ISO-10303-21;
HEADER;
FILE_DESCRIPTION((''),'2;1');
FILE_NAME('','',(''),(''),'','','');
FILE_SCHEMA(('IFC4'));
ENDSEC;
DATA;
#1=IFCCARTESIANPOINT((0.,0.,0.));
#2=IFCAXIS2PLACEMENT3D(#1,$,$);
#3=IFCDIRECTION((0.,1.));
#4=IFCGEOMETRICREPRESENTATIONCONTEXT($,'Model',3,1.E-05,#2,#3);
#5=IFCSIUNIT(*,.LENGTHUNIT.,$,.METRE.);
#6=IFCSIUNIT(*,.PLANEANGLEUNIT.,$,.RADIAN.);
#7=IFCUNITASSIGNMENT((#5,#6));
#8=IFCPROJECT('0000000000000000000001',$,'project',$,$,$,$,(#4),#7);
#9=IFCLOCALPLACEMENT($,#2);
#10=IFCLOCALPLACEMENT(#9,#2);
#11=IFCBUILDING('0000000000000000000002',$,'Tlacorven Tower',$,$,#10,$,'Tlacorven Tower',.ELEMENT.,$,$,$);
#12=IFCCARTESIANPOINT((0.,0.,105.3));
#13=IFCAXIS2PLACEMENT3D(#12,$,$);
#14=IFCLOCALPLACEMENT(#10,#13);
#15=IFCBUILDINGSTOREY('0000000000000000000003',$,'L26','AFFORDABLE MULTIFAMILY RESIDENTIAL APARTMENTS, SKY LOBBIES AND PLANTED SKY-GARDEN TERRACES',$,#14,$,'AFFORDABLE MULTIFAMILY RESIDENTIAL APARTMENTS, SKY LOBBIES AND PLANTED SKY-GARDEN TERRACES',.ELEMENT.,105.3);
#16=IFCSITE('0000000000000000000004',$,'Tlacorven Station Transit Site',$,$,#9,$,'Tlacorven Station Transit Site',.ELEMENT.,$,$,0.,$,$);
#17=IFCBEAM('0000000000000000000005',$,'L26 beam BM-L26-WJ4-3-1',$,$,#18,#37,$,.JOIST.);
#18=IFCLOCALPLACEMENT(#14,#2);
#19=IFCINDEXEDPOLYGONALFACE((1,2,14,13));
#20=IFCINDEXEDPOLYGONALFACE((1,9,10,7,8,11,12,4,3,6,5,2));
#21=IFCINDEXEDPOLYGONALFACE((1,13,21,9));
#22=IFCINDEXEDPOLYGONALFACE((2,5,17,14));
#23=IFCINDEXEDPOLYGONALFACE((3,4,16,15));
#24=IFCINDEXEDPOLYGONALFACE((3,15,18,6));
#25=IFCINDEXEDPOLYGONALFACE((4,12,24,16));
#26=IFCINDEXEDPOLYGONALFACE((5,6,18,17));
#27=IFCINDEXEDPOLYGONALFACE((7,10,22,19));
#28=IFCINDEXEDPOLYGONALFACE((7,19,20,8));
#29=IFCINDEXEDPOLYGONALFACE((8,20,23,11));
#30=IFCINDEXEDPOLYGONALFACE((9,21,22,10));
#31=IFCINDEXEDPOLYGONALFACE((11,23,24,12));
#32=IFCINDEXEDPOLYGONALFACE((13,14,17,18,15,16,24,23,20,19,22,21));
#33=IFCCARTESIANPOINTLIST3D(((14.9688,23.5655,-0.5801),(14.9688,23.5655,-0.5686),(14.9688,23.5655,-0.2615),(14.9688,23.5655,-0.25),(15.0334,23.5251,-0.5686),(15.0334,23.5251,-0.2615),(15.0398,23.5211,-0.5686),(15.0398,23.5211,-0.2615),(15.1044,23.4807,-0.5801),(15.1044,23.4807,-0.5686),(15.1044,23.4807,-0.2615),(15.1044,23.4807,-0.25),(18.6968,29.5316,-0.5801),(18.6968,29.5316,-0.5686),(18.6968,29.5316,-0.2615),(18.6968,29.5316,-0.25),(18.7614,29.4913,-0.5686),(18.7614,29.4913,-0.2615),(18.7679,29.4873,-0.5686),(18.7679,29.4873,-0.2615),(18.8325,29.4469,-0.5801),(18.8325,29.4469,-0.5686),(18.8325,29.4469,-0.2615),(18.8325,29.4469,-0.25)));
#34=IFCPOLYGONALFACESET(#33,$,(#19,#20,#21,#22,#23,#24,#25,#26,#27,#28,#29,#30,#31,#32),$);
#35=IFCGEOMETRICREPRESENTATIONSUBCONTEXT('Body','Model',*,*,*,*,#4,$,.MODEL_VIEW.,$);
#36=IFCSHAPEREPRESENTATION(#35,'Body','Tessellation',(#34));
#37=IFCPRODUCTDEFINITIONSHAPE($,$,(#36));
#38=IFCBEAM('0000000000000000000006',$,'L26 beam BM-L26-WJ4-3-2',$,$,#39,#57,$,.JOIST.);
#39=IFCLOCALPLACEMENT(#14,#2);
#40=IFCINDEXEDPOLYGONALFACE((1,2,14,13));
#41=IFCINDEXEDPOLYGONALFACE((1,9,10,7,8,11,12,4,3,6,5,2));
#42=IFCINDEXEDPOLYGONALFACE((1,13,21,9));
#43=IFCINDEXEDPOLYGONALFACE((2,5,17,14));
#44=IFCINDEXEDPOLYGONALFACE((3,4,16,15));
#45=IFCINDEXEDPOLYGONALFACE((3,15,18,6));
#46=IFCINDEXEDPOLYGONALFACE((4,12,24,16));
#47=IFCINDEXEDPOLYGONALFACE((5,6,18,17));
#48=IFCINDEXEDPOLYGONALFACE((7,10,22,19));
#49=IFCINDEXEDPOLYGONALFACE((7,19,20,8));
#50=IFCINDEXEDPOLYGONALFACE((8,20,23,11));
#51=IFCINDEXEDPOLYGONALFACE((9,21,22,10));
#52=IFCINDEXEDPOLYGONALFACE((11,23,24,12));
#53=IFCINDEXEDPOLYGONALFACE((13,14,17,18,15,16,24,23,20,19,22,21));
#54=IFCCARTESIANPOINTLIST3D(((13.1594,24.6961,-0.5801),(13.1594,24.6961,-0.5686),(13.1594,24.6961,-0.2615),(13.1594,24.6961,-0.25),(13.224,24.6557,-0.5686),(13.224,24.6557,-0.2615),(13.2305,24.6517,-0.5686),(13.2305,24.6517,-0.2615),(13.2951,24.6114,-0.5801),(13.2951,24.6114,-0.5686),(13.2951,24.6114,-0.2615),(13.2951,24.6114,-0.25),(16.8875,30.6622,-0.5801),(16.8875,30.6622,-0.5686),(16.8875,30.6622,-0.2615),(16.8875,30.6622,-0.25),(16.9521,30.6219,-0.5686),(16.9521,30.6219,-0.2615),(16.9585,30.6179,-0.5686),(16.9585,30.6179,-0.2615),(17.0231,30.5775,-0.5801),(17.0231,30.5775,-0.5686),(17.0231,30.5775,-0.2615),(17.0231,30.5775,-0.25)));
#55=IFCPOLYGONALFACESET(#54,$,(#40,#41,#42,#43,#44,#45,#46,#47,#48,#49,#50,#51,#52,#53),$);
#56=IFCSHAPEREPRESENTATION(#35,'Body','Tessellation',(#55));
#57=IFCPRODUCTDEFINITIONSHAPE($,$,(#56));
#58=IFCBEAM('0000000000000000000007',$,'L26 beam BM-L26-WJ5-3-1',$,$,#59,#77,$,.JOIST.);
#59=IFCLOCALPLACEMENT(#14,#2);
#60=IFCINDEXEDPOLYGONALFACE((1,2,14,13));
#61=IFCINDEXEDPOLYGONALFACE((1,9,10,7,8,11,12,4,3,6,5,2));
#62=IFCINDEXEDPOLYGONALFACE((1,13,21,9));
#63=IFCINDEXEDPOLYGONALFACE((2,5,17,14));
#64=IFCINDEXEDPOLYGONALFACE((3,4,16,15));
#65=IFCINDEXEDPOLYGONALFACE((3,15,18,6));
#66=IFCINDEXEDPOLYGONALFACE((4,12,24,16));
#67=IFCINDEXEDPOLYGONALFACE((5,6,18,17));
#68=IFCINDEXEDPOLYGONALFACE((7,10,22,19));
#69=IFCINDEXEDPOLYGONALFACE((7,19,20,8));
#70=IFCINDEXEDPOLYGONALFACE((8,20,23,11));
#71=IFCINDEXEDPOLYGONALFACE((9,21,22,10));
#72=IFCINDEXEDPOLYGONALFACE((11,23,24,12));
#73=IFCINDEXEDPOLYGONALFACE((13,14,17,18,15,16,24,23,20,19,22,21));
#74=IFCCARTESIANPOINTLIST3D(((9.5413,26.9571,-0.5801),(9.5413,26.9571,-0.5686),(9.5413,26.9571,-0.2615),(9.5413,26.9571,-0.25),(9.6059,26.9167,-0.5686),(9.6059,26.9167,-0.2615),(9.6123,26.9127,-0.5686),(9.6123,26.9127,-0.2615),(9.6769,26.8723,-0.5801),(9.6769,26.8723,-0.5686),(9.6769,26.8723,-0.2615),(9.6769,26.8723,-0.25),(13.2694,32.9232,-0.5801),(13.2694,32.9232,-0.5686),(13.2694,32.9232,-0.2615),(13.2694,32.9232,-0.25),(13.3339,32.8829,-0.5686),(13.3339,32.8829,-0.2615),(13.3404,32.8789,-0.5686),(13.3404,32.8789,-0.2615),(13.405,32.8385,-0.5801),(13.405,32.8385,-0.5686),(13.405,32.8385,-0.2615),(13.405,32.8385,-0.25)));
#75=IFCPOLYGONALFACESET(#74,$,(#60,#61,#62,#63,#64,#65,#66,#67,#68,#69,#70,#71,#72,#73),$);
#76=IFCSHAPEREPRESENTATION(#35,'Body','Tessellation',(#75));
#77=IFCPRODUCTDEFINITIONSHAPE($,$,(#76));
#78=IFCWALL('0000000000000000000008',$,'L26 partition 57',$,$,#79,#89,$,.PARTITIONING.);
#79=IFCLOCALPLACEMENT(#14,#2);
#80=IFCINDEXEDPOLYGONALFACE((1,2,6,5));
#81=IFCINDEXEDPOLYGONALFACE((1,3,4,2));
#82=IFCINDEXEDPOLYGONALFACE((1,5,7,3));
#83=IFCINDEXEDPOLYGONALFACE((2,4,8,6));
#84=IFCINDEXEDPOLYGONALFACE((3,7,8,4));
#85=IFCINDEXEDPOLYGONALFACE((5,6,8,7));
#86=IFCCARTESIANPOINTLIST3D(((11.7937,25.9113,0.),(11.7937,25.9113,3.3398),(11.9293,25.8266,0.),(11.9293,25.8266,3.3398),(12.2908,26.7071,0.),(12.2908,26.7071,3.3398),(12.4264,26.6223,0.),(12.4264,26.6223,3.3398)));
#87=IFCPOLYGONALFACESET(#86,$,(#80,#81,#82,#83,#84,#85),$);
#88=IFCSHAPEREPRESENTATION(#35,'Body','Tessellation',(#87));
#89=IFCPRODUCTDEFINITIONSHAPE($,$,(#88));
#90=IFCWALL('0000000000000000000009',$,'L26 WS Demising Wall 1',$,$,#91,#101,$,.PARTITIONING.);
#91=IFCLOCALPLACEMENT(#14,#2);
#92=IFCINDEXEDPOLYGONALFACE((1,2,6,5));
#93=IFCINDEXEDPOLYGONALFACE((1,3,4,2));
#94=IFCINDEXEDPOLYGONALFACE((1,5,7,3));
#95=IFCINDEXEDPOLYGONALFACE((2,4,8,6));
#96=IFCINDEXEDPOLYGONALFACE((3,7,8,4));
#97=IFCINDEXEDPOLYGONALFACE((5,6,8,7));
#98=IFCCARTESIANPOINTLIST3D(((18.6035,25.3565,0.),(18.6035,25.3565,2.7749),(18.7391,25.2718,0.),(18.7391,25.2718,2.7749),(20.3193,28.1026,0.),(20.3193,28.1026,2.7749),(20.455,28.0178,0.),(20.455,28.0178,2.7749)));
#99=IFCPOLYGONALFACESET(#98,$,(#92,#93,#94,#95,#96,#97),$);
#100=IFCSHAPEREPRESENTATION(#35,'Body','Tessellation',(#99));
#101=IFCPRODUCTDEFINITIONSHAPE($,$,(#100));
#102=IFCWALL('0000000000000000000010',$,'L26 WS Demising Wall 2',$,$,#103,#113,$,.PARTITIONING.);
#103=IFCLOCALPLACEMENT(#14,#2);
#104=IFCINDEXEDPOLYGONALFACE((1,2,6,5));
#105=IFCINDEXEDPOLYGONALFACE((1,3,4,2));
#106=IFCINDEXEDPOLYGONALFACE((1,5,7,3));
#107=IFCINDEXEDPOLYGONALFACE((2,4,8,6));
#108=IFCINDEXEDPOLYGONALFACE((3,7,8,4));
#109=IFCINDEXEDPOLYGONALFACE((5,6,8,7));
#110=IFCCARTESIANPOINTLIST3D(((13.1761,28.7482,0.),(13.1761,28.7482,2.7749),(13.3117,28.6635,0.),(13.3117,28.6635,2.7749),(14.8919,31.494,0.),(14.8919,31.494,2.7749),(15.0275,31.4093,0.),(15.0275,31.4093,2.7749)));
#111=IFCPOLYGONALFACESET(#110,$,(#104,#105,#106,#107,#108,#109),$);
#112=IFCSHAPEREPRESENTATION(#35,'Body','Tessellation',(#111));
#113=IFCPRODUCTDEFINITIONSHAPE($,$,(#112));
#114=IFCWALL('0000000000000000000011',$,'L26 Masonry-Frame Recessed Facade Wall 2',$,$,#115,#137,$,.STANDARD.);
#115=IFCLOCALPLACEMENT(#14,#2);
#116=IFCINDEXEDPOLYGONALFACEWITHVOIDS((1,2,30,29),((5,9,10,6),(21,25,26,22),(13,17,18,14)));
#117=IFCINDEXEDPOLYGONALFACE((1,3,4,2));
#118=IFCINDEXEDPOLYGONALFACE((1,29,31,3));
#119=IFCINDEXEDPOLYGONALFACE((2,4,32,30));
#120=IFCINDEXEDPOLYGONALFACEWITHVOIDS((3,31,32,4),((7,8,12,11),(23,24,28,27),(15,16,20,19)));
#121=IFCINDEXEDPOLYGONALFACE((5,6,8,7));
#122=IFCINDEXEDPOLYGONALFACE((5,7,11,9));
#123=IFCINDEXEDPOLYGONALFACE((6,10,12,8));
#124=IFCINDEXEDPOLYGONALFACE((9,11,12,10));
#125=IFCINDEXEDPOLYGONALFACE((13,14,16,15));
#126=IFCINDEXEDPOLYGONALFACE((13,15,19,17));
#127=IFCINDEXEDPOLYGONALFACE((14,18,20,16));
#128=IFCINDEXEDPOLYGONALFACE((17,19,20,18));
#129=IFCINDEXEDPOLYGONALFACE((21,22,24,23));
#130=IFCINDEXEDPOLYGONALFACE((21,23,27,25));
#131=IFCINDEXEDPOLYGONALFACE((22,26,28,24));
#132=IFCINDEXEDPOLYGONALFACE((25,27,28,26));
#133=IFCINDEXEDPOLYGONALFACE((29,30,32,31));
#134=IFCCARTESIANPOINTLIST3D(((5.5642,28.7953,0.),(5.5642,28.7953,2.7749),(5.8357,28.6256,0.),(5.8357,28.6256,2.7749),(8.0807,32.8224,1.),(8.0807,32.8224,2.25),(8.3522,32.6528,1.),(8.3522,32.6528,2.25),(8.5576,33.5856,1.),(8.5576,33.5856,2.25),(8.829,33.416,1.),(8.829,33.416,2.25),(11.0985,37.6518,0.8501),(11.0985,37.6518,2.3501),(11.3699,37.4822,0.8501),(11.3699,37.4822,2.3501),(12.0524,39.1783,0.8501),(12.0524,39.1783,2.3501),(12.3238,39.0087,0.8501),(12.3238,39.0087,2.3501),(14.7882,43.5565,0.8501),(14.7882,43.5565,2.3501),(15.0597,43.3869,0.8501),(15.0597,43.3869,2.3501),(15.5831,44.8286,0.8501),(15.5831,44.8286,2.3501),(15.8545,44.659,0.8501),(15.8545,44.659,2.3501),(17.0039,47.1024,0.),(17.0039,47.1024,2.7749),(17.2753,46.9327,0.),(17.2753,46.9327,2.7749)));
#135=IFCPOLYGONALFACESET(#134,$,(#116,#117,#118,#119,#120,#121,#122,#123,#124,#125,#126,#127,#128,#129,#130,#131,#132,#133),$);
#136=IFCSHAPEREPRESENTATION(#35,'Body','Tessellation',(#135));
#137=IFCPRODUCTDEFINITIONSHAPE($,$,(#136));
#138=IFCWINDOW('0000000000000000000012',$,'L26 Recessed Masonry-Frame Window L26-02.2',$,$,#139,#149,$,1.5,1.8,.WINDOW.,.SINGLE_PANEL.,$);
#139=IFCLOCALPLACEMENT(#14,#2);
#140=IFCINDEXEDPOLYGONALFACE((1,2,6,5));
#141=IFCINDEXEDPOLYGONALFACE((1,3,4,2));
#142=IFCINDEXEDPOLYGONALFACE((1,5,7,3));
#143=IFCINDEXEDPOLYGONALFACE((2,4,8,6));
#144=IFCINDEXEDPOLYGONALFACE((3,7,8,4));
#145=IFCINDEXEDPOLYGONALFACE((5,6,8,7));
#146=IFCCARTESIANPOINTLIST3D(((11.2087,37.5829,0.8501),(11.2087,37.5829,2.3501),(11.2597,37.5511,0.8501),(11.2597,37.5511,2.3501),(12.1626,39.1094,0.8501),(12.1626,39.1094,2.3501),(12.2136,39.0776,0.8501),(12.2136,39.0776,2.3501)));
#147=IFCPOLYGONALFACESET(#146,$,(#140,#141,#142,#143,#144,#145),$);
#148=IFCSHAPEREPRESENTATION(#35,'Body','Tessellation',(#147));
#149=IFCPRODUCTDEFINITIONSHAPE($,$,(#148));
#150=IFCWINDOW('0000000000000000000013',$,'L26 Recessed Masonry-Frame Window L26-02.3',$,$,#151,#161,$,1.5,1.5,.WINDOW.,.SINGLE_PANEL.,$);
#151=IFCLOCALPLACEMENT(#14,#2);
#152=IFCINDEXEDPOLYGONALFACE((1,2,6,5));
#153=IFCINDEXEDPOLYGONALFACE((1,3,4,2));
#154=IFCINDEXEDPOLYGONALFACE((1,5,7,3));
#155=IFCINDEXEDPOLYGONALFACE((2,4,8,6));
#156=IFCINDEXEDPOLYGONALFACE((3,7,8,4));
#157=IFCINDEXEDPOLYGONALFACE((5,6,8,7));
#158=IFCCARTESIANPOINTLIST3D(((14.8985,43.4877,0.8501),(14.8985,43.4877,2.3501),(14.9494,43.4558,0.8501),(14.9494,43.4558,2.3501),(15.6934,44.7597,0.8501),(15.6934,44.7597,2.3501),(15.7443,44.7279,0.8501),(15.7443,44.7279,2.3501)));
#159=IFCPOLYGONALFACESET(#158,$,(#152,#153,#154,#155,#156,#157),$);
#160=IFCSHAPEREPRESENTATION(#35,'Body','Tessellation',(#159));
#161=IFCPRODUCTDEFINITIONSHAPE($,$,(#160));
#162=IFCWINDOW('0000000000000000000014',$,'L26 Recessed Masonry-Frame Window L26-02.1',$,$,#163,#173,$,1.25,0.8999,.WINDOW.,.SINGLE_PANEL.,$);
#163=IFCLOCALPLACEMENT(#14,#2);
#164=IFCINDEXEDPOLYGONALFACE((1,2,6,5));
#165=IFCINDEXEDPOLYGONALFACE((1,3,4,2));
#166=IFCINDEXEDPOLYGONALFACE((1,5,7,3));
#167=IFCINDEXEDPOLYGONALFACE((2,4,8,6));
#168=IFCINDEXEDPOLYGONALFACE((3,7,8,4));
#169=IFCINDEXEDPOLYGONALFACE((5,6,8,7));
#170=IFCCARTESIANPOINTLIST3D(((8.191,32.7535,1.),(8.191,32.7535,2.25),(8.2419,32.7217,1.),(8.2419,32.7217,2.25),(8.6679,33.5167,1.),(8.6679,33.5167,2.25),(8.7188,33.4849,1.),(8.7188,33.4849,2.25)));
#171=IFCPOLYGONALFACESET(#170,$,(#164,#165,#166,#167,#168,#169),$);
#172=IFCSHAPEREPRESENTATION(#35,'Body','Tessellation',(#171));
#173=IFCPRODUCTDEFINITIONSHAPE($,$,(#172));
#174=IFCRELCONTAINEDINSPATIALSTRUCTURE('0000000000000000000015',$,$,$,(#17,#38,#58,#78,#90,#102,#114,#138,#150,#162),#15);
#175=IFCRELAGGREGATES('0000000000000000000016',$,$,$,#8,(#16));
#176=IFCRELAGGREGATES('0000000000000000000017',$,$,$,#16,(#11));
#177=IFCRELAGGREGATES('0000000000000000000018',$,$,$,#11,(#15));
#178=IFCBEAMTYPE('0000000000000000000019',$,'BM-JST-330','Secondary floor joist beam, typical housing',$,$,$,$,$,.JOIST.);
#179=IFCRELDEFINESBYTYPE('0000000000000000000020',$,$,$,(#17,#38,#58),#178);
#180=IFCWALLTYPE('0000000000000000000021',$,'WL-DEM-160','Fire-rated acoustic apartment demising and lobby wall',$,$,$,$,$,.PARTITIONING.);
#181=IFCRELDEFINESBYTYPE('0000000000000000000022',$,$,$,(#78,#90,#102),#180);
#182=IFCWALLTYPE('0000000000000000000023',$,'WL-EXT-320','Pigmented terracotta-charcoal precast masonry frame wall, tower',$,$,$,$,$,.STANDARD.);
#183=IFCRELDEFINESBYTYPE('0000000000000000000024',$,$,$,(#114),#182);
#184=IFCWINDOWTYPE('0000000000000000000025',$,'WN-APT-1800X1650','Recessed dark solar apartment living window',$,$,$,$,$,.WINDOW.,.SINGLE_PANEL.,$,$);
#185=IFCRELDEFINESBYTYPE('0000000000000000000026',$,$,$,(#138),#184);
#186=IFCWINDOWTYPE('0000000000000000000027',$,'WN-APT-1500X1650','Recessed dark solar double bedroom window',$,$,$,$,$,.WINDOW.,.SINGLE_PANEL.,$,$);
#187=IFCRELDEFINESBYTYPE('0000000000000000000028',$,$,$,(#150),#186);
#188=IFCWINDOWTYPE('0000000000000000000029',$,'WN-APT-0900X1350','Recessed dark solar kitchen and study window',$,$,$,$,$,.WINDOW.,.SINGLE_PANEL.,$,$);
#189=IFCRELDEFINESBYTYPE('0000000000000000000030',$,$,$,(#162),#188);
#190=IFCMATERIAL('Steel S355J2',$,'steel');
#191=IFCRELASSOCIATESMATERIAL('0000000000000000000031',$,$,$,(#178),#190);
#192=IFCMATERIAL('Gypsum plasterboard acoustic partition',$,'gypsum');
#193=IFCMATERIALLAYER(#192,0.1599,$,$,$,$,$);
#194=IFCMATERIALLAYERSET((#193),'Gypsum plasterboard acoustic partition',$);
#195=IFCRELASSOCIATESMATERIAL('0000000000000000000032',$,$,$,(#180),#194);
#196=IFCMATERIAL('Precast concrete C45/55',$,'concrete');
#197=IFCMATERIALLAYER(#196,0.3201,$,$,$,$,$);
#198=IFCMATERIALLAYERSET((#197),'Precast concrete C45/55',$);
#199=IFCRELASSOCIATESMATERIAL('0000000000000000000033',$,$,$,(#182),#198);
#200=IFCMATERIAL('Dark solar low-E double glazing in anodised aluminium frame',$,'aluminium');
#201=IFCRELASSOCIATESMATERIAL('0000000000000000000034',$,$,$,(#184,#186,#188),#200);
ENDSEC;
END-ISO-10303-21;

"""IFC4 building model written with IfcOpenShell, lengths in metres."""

from ifc_helpers import new_model, si_unit, direction, frame, frame_2d, origin, origin_2d, place, context, subcontext, project, spatial, rectangle, i_section, extrude, source, transform, mapped, material, layer, layer_set, material_profile, profile_set, type_object, element, fill, save


model = new_model("IFC4")

# Units and contexts
model_context = context("Model", 3, precision=1e-05, world=origin(), true_north=direction((0.0, 1.0)))
body_context = subcontext(model_context, "Body", "Model", "MODEL_VIEW")
ifc_project = project(units=[si_unit("LENGTHUNIT", "METRE"), si_unit("PLANEANGLEUNIT", "RADIAN")], contexts=[model_context])

# Site, building, storey
site_placement = place(None, origin())
site = spatial("IfcSite", under=ifc_project, at=site_placement, Name="Tlacorven Station Transit Site", LongName="Tlacorven Station Transit Site", CompositionType="ELEMENT", RefElevation=0.0)
building_placement = place(site_placement, origin())
building = spatial("IfcBuilding", under=site, at=building_placement, Name="Tlacorven Tower", LongName="Tlacorven Tower", CompositionType="ELEMENT")
storey_placement = place(building_placement, frame((0.0, 0.0, 105.3)))
storey = spatial("IfcBuildingStorey", under=building, at=storey_placement, Name="L26", Description="AFFORDABLE MULTIFAMILY RESIDENTIAL APARTMENTS, SKY LOBBIES AND PLANTED SKY-GARDEN TERRACES", LongName="AFFORDABLE MULTIFAMILY RESIDENTIAL APARTMENTS, SKY LOBBIES AND PLANTED SKY-GARDEN TERRACES", CompositionType="ELEMENT", Elevation=105.3)

# Beams
ifc_material_1 = material(Name="Steel S355J2", Category="steel")
ifc_material_profile_1 = material_profile(ifc_material_1, i_section(OverallWidth=0.1599, OverallDepth=0.3301, WebThickness=0.0076, FlangeThickness=0.0115, at=origin_2d()), Name="IPE 330")
ifc_profile_set_1 = profile_set([ifc_material_profile_1], Name="Steel S355J2")
beam_type_1 = type_object("IfcBeamType", Name="BM-JST-330", Description="Secondary floor joist beam, typical housing", PredefinedType="JOIST", material=ifc_profile_set_1)
shared_shape_1 = source(origin(), body_context, "Body", "SweptSolid", [
    extrude(i_section(OverallWidth=0.1599, OverallDepth=0.3301, WebThickness=0.0076, FlangeThickness=0.0115, at=origin_2d()), origin(), (0.0, 0.0, 1.0), 7.0352),
])
for number, where, z_axis, x_axis, name in (
    (1, (18.7646, 29.4893, -0.415), (-0.529921, -0.848047, 0.0), (0.848047, -0.529921, 0.0), "L26 beam BM-L26-WJ4-3-1"),
    (2, (16.9553, 30.6199, -0.415), (-0.529921, -0.848047, 0.0), (0.848047, -0.529921, 0.0), "L26 beam BM-L26-WJ4-3-2"),
    (3, (13.3372, 32.8809, -0.415), (-0.529921, -0.848047, 0.0), (0.848047, -0.529921, 0.0), "L26 beam BM-L26-WJ5-3-1"),
):
    element("IfcBeam", number, at=place(storey_placement, frame(where, z_axis=z_axis, x_axis=x_axis)), inside=storey, type_object=beam_type_1, Name=name, PredefinedType="JOIST", context=body_context, shape_type="MappedRepresentation", body=[
        mapped(shared_shape_1, transform((0.0, 0.0, 0.0), scale=1.0)),
    ])

# Walls
ifc_material_2 = material(Name="Gypsum plasterboard acoustic partition", Category="gypsum")
ifc_layer_1 = layer(ifc_material_2, 0.1599)
ifc_layer_set_1 = layer_set([ifc_layer_1], Name="Gypsum plasterboard acoustic partition")
wall_type_1 = type_object("IfcWallType", Name="WL-DEM-160", Description="Fire-rated acoustic apartment demising and lobby wall", PredefinedType="PARTITIONING", material=ifc_layer_set_1)
wall_1_placement = place(storey_placement, frame((12.3586, 26.6648, 0.0), z_axis=(0.0, 0.0, 1.0), x_axis=(-0.529835, -0.848101, 0.0)))
element("IfcWall", 4, at=wall_1_placement, inside=storey, type_object=wall_type_1, Name="L26 partition 57", PredefinedType="PARTITIONING", context=body_context, shape_type="SweptSolid", body=[
    extrude(rectangle(XDim=0.9382, YDim=0.1599, at=frame_2d((0.4692, 0.0))), origin(), (0.0, 0.0, 1.0), 3.3398),
])
wall_2_placement = place(storey_placement, frame((20.3872, 28.0603, 0.0), z_axis=(0.0, 0.0, 1.0), x_axis=(-0.52989, -0.848066, 0.0)))
element("IfcWall", 5, at=wall_2_placement, inside=storey, type_object=wall_type_1, Name="L26 WS Demising Wall 1", PredefinedType="PARTITIONING", context=body_context, shape_type="SweptSolid", body=[
    extrude(rectangle(XDim=3.238, YDim=0.1599, at=frame_2d((1.6191, 0.0))), origin(), (0.0, 0.0, 1.0), 2.7749),
])
wall_3_placement = place(storey_placement, frame((14.9597, 31.4517, 0.0), z_axis=(0.0, 0.0, 1.0), x_axis=(-0.529924, -0.848045, 0.0)))
element("IfcWall", 6, at=wall_3_placement, inside=storey, type_object=wall_type_1, Name="L26 WS Demising Wall 2", PredefinedType="PARTITIONING", context=body_context, shape_type="SweptSolid", body=[
    extrude(rectangle(XDim=3.2378, YDim=0.1599, at=frame_2d((1.6189, 0.0))), origin(), (0.0, 0.0, 1.0), 2.7749),
])

# Wall, openings, windows
ifc_material_3 = material(Name="Precast concrete C45/55", Category="concrete")
ifc_layer_2 = layer(ifc_material_3, 0.3201)
ifc_layer_set_2 = layer_set([ifc_layer_2], Name="Precast concrete C45/55")
wall_type_2 = type_object("IfcWallType", Name="WL-EXT-320", Description="Pigmented terracotta-charcoal precast masonry frame wall, tower", PredefinedType="STANDARD", material=ifc_layer_set_2)
wall_4_placement = place(storey_placement, frame((5.7, 28.7104, 0.0), z_axis=(0.0, 0.0, 1.0), x_axis=(0.529924, 0.848045, 0.0)))
wall_4 = element("IfcWall", 7, at=wall_4_placement, inside=storey, type_object=wall_type_2, Name="L26 Masonry-Frame Recessed Facade Wall 2", PredefinedType="STANDARD", context=body_context, shape_type="SweptSolid", body=[
    extrude(rectangle(XDim=21.5874, YDim=0.3201, at=frame_2d((10.7937, 0.0))), origin(), (0.0, 0.0, 1.0), 2.7749),
])
opening_1_placement = place(wall_4_placement, frame((4.7488, 0.0, 1.0)))
opening_1 = element("IfcOpeningElement", 8, at=opening_1_placement, cuts=wall_4, PredefinedType="OPENING", context=body_context, shape_type="SweptSolid", body=[
    extrude(rectangle(XDim=0.8999, YDim=1.25, at=frame_2d((0.45, 0.625))), frame((0.0, 0.1699, 0.0), z_axis=(0.0, -1.0, 0.0), x_axis=(1.0, 0.0, 0.0)), (0.0, 0.0, 1.0), 0.3401),
])
opening_2_placement = place(wall_4_placement, frame((10.4436, 0.0, 0.8501)))
opening_2 = element("IfcOpeningElement", 9, at=opening_2_placement, cuts=wall_4, PredefinedType="OPENING", context=body_context, shape_type="SweptSolid", body=[
    extrude(rectangle(XDim=1.8, YDim=1.5, at=frame_2d((0.8999, 0.75))), frame((0.0, 0.1699, 0.0), z_axis=(0.0, -1.0, 0.0), x_axis=(1.0, 0.0, 0.0)), (0.0, 0.0, 1.0), 0.3401),
])
opening_3_placement = place(wall_4_placement, frame((17.4062, 0.0, 0.8501)))
opening_3 = element("IfcOpeningElement", 10, at=opening_3_placement, cuts=wall_4, PredefinedType="OPENING", context=body_context, shape_type="SweptSolid", body=[
    extrude(rectangle(XDim=1.5, YDim=1.5, at=frame_2d((0.75, 0.75))), frame((0.0, 0.1699, 0.0), z_axis=(0.0, -1.0, 0.0), x_axis=(1.0, 0.0, 0.0)), (0.0, 0.0, 1.0), 0.3401),
])
ifc_material_4 = material(Name="Dark solar low-E double glazing in anodised aluminium frame", Category="aluminium")
window_type_1 = type_object("IfcWindowType", Name="WN-APT-1800X1650", Description="Recessed dark solar apartment living window", PartitioningType="SINGLE_PANEL", PredefinedType="WINDOW", material=ifc_material_4)
shared_shape_2 = source(origin(), body_context, "Body", "SweptSolid", [
    extrude(rectangle(XDim=1.8, YDim=1.5, at=frame_2d((0.8999, 0.75))), frame((0.0, 0.03, 0.0), z_axis=(0.0, -1.0, 0.0), x_axis=(1.0, 0.0, 0.0)), (0.0, 0.0, 1.0), 0.0601),
])
window_1_placement = place(opening_2_placement, origin())
window_1 = element("IfcWindow", 11, at=window_1_placement, inside=storey, type_object=window_type_1, Name="L26 Recessed Masonry-Frame Window L26-02.2", OverallHeight=1.5, OverallWidth=1.8, PartitioningType="SINGLE_PANEL", PredefinedType="WINDOW", context=body_context, shape_type="MappedRepresentation", body=[
    mapped(shared_shape_2, transform((0.0, 0.0, 0.0), scale=1.0)),
])
fill(opening_2, window_1)
window_type_2 = type_object("IfcWindowType", Name="WN-APT-1500X1650", Description="Recessed dark solar double bedroom window", PartitioningType="SINGLE_PANEL", PredefinedType="WINDOW", material=ifc_material_4)
shared_shape_3 = source(origin(), body_context, "Body", "SweptSolid", [
    extrude(rectangle(XDim=1.5, YDim=1.5, at=frame_2d((0.75, 0.75))), frame((0.0, 0.03, 0.0), z_axis=(0.0, -1.0, 0.0), x_axis=(1.0, 0.0, 0.0)), (0.0, 0.0, 1.0), 0.0601),
])
window_2_placement = place(opening_3_placement, origin())
window_2 = element("IfcWindow", 12, at=window_2_placement, inside=storey, type_object=window_type_2, Name="L26 Recessed Masonry-Frame Window L26-02.3", OverallHeight=1.5, OverallWidth=1.5, PartitioningType="SINGLE_PANEL", PredefinedType="WINDOW", context=body_context, shape_type="MappedRepresentation", body=[
    mapped(shared_shape_3, transform((0.0, 0.0, 0.0), scale=1.0)),
])
fill(opening_3, window_2)
window_type_3 = type_object("IfcWindowType", Name="WN-APT-0900X1350", Description="Recessed dark solar kitchen and study window", PartitioningType="SINGLE_PANEL", PredefinedType="WINDOW", material=ifc_material_4)
shared_shape_4 = source(origin(), body_context, "Body", "SweptSolid", [
    extrude(rectangle(XDim=0.8999, YDim=1.25, at=frame_2d((0.45, 0.625))), frame((0.0, 0.03, 0.0), z_axis=(0.0, -1.0, 0.0), x_axis=(1.0, 0.0, 0.0)), (0.0, 0.0, 1.0), 0.0601),
])
window_3_placement = place(opening_1_placement, origin())
window_3 = element("IfcWindow", 13, at=window_3_placement, inside=storey, type_object=window_type_3, Name="L26 Recessed Masonry-Frame Window L26-02.1", OverallHeight=1.25, OverallWidth=0.8999, PartitioningType="SINGLE_PANEL", PredefinedType="WINDOW", context=body_context, shape_type="MappedRepresentation", body=[
    mapped(shared_shape_4, transform((0.0, 0.0, 0.0), scale=1.0)),
])
fill(opening_1, window_3)

save(model, "model.ifc")
